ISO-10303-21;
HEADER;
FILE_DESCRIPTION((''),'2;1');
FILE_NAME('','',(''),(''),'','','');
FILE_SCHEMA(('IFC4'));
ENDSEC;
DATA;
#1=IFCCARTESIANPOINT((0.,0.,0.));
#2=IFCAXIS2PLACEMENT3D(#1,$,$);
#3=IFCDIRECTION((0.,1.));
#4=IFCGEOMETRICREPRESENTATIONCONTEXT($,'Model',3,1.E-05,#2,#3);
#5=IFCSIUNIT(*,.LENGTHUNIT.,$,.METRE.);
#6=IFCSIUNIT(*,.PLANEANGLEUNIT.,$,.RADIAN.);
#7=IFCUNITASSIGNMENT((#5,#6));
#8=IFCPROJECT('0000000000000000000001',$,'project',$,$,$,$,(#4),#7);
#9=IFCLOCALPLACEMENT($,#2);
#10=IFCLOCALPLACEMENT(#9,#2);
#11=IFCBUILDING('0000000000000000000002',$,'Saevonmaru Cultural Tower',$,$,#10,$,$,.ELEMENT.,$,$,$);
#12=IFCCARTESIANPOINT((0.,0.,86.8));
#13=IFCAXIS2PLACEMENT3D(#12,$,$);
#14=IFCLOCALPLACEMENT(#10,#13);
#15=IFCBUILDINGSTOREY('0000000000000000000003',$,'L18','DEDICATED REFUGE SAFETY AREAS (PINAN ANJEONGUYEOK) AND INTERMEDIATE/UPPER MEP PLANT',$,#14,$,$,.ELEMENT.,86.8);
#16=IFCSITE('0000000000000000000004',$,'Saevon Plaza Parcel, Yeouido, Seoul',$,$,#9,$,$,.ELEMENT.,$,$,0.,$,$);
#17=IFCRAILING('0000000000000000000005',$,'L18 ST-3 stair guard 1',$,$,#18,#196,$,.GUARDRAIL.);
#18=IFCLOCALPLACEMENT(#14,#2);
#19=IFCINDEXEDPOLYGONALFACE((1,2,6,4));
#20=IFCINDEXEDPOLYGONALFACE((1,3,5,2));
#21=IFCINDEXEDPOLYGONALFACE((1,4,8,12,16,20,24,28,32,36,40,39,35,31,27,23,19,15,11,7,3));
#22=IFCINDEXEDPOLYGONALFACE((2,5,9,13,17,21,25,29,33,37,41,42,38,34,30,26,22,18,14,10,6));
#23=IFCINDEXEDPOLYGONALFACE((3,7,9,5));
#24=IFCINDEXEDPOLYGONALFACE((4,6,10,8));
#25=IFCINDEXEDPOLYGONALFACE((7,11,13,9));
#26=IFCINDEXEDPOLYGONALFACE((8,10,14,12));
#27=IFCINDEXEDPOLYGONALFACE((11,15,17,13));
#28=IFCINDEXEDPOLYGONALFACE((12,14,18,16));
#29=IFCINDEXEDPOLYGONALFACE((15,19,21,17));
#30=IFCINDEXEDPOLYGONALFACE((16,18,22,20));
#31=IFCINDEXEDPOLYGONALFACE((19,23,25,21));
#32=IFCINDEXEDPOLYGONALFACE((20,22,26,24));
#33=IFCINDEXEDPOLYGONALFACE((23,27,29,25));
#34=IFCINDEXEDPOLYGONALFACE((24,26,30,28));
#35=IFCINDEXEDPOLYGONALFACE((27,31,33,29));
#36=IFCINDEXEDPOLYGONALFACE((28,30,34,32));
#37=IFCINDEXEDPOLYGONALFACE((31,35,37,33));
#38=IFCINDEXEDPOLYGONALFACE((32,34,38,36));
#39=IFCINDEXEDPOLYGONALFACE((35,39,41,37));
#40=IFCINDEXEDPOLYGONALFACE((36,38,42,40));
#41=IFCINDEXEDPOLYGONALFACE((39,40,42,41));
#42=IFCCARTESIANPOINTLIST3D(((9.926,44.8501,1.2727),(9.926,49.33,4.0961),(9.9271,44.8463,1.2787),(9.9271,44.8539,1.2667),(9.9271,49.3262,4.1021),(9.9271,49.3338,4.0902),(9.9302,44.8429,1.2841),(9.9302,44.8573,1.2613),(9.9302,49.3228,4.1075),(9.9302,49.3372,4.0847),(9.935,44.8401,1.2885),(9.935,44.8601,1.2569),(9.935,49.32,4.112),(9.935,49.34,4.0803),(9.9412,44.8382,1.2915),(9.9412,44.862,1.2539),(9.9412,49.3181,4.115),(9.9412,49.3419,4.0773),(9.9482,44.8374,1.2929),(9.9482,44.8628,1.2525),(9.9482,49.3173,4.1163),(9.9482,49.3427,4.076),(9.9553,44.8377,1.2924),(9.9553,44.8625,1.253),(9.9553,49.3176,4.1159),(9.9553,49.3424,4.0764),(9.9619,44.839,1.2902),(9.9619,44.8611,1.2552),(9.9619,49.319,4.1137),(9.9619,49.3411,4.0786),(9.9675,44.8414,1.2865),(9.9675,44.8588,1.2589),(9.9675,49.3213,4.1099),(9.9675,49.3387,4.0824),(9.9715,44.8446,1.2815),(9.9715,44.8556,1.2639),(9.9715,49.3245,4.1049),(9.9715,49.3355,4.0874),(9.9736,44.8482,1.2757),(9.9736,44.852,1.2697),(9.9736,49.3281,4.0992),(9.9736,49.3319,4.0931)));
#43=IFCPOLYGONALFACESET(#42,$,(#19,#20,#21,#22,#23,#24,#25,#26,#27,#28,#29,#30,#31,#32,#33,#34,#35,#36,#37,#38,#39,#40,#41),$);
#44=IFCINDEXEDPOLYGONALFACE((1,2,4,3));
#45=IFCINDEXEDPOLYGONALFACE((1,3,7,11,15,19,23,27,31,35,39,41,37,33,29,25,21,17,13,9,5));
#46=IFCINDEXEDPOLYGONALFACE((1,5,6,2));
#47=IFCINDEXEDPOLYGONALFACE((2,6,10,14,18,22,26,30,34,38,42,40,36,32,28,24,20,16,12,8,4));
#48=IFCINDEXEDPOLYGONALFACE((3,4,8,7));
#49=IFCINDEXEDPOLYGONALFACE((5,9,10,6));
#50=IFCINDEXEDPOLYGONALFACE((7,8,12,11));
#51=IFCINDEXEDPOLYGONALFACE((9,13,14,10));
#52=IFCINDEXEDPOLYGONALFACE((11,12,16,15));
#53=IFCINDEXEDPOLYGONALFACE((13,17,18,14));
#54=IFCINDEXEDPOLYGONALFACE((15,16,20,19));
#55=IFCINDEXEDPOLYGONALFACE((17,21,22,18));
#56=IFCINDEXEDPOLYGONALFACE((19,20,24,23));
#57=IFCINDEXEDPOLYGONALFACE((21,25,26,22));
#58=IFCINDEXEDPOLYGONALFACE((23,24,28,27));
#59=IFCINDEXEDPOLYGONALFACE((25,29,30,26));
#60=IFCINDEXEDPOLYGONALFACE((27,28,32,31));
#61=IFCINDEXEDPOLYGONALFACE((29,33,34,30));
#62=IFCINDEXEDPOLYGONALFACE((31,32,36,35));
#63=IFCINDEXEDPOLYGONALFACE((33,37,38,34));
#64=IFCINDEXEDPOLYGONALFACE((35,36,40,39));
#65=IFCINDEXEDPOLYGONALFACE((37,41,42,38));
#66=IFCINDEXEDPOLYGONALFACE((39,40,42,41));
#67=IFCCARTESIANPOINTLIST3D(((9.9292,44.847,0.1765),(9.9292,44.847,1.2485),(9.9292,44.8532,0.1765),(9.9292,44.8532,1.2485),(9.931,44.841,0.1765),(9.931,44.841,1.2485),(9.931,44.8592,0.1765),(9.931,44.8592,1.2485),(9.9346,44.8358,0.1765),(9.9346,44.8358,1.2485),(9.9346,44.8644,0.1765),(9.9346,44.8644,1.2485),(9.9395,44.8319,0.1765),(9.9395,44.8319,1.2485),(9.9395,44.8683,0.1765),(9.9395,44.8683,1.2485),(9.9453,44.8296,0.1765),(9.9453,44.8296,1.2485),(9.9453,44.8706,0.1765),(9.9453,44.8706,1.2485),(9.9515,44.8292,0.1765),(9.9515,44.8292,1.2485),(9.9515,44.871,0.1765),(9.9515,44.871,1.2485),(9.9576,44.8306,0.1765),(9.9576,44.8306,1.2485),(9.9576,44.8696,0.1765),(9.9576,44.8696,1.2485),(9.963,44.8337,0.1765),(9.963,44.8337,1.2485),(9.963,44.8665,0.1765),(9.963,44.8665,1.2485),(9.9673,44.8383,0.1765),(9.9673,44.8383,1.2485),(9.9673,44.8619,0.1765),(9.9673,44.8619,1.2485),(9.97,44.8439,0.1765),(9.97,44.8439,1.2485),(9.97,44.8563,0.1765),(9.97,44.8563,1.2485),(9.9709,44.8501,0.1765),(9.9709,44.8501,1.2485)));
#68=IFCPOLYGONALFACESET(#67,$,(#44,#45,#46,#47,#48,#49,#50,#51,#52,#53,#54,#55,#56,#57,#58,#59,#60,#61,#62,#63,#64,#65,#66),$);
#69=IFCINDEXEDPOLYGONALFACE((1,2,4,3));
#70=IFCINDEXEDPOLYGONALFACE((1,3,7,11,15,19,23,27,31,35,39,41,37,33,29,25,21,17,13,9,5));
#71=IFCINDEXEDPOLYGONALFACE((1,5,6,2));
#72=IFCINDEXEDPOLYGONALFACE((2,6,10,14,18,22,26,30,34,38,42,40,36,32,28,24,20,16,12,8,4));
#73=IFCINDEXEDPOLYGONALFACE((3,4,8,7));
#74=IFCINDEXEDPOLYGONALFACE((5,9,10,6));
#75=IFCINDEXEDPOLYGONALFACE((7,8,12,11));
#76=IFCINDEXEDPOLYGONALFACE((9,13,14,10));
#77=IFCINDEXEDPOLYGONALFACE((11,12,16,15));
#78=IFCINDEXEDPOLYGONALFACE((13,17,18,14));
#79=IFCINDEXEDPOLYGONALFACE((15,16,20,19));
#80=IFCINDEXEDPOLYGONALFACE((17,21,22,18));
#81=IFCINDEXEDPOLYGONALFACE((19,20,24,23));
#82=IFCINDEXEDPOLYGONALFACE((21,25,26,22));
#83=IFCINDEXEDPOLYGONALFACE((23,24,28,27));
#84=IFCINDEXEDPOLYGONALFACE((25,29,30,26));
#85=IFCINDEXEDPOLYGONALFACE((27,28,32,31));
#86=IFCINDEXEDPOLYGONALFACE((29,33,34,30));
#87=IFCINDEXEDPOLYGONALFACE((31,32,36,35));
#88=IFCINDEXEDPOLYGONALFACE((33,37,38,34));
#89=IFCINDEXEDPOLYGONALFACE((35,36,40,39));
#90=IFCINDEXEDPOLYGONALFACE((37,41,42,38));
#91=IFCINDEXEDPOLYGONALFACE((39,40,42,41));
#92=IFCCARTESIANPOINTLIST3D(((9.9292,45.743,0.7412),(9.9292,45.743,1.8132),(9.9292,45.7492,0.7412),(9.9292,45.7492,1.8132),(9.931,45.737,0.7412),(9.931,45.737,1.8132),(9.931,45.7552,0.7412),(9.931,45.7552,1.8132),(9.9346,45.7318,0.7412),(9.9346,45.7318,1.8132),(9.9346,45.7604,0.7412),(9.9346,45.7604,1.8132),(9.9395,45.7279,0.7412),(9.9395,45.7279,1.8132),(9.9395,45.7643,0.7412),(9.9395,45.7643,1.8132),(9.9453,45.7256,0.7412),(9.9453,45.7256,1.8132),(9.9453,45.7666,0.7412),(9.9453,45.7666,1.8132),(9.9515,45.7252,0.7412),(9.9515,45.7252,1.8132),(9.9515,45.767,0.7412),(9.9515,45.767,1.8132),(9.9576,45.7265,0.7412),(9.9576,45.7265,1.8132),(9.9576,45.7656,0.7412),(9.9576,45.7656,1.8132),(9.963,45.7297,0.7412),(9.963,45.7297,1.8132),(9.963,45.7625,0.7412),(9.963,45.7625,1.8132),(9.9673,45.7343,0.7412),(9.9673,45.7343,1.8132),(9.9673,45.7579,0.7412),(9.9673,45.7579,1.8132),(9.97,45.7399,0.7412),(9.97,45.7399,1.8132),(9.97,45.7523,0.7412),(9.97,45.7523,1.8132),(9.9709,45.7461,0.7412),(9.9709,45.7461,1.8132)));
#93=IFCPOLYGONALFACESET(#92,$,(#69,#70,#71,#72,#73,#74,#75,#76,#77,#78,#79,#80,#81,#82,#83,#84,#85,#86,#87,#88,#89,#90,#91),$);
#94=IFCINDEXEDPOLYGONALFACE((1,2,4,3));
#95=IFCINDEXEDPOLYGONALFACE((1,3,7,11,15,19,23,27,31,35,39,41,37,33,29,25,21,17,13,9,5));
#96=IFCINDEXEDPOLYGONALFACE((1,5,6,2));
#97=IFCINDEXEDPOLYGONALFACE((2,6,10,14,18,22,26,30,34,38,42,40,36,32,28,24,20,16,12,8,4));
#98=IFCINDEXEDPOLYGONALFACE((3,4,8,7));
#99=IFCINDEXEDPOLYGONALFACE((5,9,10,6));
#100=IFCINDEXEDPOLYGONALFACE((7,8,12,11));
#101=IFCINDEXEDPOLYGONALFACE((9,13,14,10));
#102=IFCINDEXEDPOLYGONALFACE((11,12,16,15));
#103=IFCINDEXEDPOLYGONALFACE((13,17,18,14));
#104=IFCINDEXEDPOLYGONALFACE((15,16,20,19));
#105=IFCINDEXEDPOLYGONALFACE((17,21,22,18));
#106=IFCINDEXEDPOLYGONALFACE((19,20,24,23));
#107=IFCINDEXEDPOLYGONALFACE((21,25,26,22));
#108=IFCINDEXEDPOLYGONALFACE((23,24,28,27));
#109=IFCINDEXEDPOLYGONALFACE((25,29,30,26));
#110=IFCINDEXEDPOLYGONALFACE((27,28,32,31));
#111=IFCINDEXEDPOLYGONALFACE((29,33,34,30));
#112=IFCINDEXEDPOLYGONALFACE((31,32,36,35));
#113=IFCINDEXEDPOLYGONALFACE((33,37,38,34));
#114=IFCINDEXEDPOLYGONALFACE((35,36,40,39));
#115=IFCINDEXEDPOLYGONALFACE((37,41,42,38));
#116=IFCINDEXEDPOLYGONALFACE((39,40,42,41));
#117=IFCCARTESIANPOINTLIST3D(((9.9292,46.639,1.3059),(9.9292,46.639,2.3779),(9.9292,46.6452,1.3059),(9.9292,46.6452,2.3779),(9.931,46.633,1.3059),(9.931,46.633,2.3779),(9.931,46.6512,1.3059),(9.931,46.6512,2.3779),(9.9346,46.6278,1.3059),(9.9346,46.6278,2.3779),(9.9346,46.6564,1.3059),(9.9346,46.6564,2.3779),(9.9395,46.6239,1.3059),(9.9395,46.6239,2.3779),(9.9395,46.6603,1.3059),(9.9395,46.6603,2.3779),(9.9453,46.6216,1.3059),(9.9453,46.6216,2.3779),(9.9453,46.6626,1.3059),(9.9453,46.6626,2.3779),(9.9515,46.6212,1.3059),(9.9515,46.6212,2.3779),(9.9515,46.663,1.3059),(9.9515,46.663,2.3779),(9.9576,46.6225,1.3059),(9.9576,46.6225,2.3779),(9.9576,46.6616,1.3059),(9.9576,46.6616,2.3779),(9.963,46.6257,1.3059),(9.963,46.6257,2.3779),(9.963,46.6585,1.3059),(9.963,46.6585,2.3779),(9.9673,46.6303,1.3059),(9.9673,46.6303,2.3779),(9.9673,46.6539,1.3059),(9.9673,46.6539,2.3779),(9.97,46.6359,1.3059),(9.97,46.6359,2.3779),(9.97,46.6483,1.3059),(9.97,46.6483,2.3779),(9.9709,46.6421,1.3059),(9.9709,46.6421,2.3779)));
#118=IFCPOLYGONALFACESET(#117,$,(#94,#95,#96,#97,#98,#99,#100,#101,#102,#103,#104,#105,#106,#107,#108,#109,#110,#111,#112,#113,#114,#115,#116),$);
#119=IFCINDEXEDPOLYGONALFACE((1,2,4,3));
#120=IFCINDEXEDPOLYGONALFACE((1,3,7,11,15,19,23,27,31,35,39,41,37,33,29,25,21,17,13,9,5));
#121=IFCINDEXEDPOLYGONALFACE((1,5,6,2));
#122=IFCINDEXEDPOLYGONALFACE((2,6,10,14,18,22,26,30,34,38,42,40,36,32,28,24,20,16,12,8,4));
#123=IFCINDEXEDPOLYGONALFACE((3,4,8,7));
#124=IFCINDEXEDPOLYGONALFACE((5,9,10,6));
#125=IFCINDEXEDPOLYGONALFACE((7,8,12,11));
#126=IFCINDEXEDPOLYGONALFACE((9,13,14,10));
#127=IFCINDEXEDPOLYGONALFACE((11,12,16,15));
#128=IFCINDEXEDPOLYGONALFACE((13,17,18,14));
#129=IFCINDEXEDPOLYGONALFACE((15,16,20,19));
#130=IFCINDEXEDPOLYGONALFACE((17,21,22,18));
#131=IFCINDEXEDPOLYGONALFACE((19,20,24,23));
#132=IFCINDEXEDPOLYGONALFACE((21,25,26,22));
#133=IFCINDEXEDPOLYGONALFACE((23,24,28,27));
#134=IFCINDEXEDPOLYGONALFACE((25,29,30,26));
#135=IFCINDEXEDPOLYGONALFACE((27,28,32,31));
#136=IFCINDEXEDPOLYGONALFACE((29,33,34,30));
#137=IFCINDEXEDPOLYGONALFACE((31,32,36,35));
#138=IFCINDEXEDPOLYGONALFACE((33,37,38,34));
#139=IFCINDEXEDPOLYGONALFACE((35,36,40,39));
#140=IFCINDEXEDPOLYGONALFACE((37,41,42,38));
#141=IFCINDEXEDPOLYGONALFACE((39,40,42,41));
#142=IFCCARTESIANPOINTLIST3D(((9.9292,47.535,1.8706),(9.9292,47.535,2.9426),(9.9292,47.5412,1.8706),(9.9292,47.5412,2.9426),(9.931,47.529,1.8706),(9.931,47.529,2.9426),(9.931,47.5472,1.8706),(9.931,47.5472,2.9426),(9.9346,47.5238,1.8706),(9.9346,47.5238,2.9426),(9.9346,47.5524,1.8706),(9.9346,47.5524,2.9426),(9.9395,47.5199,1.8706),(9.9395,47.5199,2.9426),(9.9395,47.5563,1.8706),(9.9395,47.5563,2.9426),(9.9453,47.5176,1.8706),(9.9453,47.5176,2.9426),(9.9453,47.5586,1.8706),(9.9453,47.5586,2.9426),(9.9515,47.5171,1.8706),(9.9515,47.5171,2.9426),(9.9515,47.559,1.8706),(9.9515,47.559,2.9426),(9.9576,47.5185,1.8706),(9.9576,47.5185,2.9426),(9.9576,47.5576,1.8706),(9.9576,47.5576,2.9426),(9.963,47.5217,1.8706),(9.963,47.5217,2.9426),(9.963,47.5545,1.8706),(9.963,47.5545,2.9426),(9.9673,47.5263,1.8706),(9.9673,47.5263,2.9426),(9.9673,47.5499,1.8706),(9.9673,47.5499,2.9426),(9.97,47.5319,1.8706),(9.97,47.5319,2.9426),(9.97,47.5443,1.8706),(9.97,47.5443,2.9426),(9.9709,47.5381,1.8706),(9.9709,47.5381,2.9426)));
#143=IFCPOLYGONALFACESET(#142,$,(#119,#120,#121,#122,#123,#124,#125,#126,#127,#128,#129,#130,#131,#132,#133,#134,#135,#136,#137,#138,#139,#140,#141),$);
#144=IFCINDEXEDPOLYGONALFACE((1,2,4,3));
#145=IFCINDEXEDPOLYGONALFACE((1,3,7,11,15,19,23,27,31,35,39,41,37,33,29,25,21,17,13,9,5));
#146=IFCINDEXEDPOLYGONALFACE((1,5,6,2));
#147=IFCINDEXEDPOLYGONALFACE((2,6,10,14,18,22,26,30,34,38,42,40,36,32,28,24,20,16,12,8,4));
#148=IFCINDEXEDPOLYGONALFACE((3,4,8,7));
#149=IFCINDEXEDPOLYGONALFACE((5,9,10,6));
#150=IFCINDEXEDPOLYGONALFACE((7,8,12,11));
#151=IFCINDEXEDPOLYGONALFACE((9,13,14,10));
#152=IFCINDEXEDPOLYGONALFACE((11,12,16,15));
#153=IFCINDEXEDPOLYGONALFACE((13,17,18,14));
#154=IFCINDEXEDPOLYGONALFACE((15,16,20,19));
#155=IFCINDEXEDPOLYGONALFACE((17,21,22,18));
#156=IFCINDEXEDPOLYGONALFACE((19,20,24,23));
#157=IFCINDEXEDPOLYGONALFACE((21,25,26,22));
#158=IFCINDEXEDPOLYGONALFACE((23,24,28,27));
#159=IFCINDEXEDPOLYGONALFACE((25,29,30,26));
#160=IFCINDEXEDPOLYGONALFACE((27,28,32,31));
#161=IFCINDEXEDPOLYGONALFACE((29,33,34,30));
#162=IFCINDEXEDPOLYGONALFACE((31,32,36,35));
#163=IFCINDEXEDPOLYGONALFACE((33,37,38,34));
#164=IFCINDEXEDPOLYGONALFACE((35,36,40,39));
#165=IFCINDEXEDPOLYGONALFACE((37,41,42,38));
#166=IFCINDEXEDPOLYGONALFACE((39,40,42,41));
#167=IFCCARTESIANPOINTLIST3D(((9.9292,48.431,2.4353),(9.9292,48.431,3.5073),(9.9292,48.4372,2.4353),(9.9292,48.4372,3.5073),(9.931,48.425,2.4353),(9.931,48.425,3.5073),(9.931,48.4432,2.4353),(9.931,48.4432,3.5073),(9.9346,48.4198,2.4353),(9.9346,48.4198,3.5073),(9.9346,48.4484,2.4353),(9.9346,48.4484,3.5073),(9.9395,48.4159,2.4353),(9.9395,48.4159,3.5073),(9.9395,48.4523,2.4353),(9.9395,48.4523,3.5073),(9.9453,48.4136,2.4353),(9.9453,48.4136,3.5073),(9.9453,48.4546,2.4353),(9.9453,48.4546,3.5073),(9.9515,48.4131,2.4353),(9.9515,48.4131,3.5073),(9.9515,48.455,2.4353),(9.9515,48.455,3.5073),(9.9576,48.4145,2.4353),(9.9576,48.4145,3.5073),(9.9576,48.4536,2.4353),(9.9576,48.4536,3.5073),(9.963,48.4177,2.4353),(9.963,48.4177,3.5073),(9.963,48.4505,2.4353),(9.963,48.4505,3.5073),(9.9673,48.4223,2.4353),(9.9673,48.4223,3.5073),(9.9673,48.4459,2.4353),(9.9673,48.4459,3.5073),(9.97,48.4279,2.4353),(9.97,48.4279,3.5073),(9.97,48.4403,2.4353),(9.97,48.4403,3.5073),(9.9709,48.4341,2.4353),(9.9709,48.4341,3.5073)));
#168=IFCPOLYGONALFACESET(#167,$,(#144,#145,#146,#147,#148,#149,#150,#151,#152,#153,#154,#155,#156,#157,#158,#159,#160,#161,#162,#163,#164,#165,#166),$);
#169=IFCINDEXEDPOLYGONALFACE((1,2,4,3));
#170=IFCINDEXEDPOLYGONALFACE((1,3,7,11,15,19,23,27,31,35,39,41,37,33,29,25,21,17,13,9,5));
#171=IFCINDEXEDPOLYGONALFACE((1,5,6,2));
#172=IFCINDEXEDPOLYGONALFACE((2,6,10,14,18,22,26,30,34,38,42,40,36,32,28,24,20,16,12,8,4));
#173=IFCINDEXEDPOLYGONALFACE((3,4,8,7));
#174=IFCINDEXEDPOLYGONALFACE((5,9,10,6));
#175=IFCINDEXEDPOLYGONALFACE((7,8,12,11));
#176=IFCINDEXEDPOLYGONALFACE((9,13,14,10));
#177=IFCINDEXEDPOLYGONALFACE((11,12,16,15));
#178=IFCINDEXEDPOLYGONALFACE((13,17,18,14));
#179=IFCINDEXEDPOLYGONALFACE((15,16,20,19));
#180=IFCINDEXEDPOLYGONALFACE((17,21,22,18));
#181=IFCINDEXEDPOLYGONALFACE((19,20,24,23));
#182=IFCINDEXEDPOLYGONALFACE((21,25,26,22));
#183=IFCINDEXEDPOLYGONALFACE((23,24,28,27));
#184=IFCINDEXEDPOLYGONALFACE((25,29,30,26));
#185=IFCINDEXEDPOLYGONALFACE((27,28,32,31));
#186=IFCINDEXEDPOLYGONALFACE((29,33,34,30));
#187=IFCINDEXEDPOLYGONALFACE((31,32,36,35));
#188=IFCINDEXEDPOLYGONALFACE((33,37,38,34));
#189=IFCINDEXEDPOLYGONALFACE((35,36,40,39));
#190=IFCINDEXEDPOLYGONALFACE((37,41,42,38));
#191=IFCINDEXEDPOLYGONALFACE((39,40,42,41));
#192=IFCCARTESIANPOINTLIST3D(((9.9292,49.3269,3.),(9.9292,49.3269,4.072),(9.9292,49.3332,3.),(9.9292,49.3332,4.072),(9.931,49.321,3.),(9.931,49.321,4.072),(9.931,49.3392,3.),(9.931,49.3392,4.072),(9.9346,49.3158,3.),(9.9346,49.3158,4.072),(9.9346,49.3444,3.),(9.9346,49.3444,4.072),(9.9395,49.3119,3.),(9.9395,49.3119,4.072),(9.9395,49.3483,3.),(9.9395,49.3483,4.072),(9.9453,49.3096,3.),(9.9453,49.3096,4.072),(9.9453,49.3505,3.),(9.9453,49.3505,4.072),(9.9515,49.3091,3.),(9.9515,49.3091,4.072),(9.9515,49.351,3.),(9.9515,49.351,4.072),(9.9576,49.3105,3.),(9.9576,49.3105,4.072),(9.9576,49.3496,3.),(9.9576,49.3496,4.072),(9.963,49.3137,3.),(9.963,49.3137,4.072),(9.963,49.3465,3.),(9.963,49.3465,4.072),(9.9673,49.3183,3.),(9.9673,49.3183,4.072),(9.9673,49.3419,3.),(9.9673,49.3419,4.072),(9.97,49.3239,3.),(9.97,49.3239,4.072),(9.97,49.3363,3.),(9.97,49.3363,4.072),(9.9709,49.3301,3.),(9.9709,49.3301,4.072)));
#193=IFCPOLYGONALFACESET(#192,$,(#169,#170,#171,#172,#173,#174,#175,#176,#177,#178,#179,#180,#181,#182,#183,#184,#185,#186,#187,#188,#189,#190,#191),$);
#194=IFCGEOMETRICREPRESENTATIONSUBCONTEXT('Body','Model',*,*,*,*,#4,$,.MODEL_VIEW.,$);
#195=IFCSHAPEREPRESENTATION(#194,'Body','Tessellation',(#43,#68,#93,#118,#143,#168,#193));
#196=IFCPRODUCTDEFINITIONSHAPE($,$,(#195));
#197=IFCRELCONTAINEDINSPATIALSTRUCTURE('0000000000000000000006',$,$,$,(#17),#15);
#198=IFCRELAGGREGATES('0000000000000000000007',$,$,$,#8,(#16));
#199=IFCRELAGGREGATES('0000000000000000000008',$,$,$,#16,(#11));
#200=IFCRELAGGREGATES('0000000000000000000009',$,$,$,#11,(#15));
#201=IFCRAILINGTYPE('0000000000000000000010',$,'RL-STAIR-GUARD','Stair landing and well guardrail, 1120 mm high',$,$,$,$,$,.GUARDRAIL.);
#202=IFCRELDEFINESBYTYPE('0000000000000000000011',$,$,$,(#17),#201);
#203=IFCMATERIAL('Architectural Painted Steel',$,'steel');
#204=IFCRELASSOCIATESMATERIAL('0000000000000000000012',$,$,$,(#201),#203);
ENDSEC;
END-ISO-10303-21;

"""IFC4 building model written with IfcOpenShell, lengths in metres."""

from ifc_helpers import new_model, si_unit, direction, frame, origin, origin_2d, place, context, subcontext, project, spatial, circle, extrude, material, type_object, element, save


model = new_model("IFC4")

# Units and contexts
model_context = context("Model", 3, precision=1e-05, world=origin(), true_north=direction((0.0, 1.0)))
body_context = subcontext(model_context, "Body", "Model", "MODEL_VIEW")
ifc_project = project(units=[si_unit("LENGTHUNIT", "METRE"), si_unit("PLANEANGLEUNIT", "RADIAN")], contexts=[model_context])

# Site, building, storey
site_placement = place(None, origin())
site = spatial("IfcSite", under=ifc_project, at=site_placement, Name="Saevon Plaza Parcel, Yeouido, Seoul", CompositionType="ELEMENT", RefElevation=0.0)
building_placement = place(site_placement, origin())
building = spatial("IfcBuilding", under=site, at=building_placement, Name="Saevonmaru Cultural Tower", CompositionType="ELEMENT")
storey_placement = place(building_placement, frame((0.0, 0.0, 86.8)))
storey = spatial("IfcBuildingStorey", under=building, at=storey_placement, Name="L18", Description="DEDICATED REFUGE SAFETY AREAS (PINAN ANJEONGUYEOK) AND INTERMEDIATE/UPPER MEP PLANT", CompositionType="ELEMENT", Elevation=86.8)

# Railing
ifc_material_1 = material(Name="Architectural Painted Steel", Category="steel")
railing_type_1 = type_object("IfcRailingType", Name="RL-STAIR-GUARD", Description="Stair landing and well guardrail, 1120 mm high", PredefinedType="GUARDRAIL", material=ifc_material_1)
railing_1_placement = place(storey_placement, frame((9.95, 44.8501, 0.1765)))
element("IfcRailing", 1, at=railing_1_placement, inside=storey, type_object=railing_type_1, Name="L18 ST-3 stair guard 1", PredefinedType="GUARDRAIL", context=body_context, shape_type="SweptSolid", body=[
    extrude(circle(Radius=0.0239, at=origin_2d()), frame((0.0, 0.0, 1.0962), z_axis=(0.0, 0.845998, 0.533186), x_axis=(-1.0, 0.0, 0.0)), (0.0, 0.0, 1.0), 5.2954),
    extrude(circle(Radius=0.021, at=origin_2d()), origin(), (0.0, 0.0, 1.0), 1.072),
    extrude(circle(Radius=0.021, at=origin_2d()), frame((0.0, 0.896, 0.5647)), (0.0, 0.0, 1.0), 1.072),
    extrude(circle(Radius=0.021, at=origin_2d()), frame((0.0, 1.792, 1.1294)), (0.0, 0.0, 1.0), 1.072),
    extrude(circle(Radius=0.021, at=origin_2d()), frame((0.0, 2.688, 1.6941)), (0.0, 0.0, 1.0), 1.072),
    extrude(circle(Radius=0.021, at=origin_2d()), frame((0.0, 3.584, 2.2588)), (0.0, 0.0, 1.0), 1.072),
    extrude(circle(Radius=0.021, at=origin_2d()), frame((0.0, 4.48, 2.8235)), (0.0, 0.0, 1.0), 1.072),
])

save(model, "model.ifc")
